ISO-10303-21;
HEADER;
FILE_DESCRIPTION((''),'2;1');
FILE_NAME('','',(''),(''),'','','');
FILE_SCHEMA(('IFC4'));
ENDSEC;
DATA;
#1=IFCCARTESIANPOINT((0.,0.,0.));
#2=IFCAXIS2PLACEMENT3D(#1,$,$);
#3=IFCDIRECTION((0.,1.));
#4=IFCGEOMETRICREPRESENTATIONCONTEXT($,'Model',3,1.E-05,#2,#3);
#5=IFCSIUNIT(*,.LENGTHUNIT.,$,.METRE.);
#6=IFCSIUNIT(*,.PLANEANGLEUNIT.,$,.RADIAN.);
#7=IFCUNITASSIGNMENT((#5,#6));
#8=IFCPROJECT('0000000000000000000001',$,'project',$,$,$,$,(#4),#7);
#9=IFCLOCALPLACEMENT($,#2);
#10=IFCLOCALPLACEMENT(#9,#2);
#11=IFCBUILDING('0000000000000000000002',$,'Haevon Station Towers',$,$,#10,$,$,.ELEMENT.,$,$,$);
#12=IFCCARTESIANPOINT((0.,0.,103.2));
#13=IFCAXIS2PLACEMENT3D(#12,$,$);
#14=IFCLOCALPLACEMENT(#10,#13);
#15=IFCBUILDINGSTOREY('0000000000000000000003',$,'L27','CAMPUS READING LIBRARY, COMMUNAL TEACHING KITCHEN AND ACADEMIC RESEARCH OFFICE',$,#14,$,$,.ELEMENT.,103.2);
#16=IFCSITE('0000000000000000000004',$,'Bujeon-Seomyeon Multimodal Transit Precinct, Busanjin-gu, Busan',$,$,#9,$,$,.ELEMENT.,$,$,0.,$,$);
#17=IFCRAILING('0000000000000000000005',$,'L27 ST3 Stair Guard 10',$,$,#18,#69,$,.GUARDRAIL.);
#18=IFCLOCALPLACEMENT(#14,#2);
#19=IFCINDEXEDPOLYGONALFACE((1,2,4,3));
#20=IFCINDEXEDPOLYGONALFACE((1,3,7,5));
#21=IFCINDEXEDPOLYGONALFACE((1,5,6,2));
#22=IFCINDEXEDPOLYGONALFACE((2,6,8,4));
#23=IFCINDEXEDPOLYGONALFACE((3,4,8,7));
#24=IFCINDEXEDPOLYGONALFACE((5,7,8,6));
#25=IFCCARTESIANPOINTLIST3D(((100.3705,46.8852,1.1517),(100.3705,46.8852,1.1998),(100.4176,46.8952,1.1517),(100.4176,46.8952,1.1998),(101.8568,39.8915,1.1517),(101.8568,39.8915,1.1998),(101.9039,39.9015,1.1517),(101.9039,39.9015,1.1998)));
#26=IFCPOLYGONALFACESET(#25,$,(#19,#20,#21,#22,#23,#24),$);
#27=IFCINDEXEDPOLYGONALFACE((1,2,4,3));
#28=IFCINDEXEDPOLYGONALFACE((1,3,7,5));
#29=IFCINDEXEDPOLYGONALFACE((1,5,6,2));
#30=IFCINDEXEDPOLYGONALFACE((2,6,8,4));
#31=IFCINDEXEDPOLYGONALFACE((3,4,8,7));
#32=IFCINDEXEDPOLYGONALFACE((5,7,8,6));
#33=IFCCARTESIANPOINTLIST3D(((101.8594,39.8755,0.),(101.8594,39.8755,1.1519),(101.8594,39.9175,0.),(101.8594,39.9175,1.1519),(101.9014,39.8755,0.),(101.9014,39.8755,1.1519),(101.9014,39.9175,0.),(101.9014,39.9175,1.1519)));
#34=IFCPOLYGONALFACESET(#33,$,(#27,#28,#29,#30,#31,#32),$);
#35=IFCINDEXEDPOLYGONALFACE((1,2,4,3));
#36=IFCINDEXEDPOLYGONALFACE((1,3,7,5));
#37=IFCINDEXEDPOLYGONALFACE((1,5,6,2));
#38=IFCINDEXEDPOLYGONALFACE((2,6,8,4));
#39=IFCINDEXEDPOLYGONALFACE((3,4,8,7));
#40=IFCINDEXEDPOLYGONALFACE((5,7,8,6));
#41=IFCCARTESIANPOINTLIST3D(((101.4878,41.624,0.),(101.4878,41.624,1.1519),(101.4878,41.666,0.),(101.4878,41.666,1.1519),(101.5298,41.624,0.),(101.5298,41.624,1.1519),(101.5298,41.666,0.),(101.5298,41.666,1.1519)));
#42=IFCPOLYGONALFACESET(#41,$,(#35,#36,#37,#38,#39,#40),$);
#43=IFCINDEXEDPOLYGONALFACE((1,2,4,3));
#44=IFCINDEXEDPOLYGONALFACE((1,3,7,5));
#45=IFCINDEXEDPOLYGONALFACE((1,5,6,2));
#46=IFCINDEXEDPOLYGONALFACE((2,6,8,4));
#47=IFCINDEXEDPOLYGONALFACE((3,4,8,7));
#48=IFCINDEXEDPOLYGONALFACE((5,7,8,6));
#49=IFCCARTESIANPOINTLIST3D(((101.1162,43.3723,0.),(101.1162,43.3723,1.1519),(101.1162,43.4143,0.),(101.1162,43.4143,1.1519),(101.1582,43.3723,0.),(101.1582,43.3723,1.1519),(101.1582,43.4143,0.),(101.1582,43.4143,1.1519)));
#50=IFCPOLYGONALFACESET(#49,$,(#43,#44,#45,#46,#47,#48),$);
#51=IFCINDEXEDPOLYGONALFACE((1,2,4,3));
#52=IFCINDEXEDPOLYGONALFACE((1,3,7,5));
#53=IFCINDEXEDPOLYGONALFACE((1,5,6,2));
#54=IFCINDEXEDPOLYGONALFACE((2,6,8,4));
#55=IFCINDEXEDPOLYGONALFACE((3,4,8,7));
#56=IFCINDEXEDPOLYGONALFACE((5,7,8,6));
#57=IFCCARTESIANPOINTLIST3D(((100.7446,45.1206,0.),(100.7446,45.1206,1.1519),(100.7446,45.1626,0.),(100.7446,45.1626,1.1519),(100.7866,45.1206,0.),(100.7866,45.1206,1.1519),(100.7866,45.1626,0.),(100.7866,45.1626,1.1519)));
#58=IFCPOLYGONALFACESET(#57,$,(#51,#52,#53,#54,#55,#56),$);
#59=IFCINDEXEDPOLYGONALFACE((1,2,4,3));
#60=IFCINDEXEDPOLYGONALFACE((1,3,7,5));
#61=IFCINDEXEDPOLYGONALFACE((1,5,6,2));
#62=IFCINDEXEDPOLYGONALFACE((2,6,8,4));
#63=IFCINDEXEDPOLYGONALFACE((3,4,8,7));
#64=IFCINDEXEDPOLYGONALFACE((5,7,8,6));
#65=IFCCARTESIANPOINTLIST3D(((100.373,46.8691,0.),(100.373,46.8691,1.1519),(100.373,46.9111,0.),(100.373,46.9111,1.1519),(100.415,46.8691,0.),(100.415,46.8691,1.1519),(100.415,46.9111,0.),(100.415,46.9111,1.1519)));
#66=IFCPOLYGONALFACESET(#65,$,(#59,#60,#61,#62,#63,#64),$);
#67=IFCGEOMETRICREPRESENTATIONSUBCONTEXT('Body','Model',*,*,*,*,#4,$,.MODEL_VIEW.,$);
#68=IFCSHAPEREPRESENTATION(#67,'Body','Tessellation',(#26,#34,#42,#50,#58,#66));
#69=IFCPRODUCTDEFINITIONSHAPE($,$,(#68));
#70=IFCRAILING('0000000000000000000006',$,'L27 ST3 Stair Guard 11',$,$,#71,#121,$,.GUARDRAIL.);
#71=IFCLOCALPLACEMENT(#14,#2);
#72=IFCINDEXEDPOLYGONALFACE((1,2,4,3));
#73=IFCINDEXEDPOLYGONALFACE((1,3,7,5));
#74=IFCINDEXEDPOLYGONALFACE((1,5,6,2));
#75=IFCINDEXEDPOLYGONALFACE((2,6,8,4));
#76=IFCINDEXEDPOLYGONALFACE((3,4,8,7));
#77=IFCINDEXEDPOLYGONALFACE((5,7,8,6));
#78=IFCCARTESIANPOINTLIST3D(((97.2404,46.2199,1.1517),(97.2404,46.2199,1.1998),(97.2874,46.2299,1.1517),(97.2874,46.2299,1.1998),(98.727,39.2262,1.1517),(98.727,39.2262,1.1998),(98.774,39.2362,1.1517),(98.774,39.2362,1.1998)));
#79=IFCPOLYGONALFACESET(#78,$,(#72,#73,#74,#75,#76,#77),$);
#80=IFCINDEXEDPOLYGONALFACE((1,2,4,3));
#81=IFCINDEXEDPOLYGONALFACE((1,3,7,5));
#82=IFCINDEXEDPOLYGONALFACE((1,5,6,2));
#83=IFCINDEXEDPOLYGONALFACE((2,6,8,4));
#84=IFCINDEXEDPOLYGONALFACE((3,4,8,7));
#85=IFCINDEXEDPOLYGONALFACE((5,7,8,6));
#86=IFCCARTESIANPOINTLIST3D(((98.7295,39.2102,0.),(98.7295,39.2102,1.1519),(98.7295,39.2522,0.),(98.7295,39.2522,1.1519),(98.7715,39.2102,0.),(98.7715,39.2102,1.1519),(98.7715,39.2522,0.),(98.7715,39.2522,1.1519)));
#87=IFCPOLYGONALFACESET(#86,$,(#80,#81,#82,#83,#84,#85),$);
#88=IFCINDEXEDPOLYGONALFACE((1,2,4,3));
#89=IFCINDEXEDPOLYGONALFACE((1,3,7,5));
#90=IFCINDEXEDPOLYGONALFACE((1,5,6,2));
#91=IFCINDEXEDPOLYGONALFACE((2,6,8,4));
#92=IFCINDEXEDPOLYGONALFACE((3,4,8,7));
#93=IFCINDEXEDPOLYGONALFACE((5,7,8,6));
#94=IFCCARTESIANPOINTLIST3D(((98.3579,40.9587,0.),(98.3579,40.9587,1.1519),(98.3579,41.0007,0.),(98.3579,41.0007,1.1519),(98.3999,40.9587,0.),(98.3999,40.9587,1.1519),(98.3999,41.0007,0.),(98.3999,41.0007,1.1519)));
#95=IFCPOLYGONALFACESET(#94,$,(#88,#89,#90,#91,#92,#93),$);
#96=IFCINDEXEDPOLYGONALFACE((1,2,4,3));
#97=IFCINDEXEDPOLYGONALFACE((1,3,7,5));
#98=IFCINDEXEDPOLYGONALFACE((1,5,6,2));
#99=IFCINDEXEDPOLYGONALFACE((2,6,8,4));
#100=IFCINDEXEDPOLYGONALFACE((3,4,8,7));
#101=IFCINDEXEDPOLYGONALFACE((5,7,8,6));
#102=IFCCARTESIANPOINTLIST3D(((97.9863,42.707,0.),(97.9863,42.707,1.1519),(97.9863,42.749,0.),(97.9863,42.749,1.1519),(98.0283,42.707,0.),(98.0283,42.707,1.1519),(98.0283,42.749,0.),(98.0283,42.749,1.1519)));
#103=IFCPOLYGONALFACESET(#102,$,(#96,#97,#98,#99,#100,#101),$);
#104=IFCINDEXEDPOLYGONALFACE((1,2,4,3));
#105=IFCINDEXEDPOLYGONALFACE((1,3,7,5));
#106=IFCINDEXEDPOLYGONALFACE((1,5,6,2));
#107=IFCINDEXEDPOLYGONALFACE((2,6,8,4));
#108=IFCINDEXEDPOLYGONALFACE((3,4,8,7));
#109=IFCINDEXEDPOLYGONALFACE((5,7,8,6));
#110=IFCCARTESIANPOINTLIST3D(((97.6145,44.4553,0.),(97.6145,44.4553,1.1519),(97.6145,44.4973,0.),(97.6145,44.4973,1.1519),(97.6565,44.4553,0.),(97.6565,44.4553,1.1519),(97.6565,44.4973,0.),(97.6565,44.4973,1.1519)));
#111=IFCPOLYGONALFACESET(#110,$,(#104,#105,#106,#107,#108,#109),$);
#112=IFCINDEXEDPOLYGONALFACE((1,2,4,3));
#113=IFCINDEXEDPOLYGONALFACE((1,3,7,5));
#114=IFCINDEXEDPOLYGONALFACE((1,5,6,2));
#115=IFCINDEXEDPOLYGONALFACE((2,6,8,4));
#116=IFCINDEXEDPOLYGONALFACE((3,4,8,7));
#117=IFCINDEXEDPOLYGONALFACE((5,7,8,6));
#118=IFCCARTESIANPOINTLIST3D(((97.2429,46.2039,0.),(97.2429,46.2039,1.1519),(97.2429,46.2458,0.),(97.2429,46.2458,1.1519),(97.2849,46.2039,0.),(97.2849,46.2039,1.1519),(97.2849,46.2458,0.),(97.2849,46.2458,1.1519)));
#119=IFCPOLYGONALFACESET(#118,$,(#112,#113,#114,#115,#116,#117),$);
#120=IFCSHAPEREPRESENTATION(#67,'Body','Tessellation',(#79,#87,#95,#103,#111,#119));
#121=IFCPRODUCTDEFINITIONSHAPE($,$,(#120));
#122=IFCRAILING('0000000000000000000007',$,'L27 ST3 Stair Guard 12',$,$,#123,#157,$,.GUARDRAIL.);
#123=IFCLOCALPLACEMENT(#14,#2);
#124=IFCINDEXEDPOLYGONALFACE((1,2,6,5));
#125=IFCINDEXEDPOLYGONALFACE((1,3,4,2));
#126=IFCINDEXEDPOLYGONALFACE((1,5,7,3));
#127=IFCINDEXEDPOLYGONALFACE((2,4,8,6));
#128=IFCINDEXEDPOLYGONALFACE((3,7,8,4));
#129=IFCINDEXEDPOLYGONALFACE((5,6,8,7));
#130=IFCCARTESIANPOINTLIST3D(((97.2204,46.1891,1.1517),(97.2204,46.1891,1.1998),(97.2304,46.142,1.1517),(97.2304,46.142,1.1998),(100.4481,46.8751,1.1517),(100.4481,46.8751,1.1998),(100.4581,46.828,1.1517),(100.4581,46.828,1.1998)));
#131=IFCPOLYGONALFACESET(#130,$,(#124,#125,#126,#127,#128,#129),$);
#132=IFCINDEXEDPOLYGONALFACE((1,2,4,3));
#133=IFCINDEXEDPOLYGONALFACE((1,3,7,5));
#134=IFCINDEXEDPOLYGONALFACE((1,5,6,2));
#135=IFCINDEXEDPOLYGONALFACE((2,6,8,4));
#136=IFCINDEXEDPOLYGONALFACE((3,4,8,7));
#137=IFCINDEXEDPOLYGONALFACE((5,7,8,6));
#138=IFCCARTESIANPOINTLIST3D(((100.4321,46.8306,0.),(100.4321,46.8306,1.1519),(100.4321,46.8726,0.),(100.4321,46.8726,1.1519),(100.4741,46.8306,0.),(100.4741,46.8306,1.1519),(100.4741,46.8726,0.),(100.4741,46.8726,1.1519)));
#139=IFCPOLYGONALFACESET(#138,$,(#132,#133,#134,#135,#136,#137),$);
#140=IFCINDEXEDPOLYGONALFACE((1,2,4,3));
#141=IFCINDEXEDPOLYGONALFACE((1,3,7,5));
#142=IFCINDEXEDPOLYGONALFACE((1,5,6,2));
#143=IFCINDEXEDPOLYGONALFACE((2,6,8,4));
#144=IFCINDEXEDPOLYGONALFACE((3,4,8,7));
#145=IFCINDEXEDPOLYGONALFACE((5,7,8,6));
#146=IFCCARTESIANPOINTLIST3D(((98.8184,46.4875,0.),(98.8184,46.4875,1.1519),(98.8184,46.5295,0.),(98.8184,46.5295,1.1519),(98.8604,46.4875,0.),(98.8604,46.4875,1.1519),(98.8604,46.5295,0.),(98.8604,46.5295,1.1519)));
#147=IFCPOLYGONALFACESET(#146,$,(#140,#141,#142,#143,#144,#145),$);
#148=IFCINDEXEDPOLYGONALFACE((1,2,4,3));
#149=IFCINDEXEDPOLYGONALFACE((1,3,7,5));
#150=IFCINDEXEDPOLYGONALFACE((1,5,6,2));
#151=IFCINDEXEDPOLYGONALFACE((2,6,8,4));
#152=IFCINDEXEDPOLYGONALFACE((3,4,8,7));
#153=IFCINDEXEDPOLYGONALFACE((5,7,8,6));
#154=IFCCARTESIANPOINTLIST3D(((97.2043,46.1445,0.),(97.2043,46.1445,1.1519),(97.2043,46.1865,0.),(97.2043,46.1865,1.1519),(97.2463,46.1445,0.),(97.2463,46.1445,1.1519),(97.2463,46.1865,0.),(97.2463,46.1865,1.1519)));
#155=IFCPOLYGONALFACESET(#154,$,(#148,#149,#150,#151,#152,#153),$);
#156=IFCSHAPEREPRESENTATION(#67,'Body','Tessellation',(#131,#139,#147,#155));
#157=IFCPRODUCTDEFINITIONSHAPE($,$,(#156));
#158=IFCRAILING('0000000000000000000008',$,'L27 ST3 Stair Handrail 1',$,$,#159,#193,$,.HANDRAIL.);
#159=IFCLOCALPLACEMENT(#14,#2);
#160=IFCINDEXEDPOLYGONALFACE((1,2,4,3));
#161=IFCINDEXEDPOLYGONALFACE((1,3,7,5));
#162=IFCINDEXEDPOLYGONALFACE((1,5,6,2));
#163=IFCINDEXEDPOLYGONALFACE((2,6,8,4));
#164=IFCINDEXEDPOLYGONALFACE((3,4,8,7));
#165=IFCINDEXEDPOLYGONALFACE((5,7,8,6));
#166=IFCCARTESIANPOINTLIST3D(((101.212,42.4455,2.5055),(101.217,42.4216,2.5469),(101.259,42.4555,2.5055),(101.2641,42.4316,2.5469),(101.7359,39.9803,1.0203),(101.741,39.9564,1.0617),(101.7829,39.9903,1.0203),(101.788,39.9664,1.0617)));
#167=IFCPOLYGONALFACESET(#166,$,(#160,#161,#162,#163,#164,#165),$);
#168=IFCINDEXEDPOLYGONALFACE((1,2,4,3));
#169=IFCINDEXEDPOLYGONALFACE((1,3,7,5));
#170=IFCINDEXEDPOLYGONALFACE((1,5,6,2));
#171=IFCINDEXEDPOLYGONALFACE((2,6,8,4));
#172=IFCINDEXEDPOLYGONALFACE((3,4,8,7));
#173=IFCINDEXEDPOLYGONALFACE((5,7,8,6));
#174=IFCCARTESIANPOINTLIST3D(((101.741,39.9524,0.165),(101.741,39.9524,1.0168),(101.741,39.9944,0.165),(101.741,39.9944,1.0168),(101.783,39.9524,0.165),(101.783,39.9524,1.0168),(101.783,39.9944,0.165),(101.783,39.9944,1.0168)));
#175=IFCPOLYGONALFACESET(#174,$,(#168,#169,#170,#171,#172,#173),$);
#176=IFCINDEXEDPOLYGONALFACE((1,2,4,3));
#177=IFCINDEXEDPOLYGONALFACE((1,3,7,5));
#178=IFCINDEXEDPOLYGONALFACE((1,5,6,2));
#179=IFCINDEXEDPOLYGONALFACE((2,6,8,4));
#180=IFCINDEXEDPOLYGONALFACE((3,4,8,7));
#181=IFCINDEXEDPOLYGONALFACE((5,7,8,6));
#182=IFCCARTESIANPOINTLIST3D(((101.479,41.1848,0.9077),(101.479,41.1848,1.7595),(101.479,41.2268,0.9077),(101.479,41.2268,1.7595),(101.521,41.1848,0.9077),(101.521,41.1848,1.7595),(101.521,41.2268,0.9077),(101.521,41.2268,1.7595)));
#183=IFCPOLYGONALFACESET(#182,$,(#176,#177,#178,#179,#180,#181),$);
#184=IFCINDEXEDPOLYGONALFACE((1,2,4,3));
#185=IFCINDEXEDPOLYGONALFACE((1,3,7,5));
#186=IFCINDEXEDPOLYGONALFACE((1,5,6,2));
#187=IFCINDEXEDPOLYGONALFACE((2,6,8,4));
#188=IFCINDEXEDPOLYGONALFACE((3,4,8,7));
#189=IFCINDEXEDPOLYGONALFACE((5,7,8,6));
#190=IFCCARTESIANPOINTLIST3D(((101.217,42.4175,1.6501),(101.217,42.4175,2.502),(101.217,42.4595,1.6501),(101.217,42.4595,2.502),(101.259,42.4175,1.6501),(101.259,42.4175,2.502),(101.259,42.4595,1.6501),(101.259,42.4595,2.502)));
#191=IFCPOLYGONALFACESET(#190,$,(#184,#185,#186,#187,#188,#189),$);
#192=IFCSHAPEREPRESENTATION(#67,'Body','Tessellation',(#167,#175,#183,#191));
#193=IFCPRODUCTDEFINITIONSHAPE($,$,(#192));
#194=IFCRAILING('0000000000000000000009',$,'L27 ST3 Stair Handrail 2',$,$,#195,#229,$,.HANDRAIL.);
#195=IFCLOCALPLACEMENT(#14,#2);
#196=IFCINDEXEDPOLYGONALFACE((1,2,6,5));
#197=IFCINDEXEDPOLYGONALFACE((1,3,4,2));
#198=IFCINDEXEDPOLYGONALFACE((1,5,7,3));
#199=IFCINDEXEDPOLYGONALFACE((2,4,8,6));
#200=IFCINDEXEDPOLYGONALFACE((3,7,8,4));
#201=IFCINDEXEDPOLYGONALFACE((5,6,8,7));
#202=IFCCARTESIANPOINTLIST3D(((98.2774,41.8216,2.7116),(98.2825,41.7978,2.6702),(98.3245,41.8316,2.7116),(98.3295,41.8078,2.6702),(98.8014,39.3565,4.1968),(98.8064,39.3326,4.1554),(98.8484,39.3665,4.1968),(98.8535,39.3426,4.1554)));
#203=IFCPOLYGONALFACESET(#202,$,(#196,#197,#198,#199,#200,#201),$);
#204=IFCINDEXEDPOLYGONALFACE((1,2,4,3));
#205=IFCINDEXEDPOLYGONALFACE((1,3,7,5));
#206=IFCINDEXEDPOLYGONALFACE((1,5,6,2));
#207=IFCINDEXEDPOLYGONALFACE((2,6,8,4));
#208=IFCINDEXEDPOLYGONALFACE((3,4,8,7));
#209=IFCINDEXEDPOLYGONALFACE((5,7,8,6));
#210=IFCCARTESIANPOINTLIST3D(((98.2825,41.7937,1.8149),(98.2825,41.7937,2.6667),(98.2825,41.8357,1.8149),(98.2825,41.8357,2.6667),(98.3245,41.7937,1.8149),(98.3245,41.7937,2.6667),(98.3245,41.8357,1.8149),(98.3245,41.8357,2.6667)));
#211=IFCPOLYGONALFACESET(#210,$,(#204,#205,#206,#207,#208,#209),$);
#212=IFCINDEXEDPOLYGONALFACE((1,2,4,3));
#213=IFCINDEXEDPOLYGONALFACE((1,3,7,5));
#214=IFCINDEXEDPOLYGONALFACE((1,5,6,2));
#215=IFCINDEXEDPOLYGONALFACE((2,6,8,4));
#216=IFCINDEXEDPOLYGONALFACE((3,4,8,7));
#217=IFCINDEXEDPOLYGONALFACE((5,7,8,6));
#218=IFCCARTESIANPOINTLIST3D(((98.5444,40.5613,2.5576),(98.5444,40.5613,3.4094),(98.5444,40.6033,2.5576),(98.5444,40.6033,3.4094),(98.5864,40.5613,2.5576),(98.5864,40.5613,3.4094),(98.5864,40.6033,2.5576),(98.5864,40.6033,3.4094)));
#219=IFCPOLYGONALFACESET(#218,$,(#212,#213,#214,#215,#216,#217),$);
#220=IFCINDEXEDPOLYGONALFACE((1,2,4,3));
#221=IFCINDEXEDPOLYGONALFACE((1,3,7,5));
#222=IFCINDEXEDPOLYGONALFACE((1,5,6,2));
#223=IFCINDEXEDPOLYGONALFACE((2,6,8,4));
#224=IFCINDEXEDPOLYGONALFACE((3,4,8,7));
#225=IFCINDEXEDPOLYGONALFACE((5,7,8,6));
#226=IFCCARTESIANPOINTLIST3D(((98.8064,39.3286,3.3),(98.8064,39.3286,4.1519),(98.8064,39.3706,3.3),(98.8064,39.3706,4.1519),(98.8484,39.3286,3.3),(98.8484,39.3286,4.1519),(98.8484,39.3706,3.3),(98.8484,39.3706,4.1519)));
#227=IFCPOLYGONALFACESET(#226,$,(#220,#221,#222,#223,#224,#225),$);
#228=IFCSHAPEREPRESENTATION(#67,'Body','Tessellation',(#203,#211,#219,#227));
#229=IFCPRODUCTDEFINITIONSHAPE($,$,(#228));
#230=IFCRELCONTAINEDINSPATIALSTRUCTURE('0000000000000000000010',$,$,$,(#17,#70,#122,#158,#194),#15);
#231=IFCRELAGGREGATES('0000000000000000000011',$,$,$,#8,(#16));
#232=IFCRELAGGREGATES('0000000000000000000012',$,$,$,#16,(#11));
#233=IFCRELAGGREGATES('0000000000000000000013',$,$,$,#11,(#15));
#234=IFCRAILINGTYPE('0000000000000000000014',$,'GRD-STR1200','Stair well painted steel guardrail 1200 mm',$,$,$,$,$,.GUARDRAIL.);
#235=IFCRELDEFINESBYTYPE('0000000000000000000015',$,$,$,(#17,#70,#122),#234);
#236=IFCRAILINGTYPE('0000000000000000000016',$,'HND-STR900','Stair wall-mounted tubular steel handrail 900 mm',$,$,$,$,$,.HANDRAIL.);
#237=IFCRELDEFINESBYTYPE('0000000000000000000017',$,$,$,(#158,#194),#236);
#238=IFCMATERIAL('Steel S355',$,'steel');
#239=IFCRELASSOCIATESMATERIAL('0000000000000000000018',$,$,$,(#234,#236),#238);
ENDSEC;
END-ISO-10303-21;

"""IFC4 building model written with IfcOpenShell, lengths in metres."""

from ifc_helpers import new_model, si_unit, direction, frame, origin, origin_2d, place, context, subcontext, project, spatial, rectangle, extrude, material, type_object, element, save


model = new_model("IFC4")

# Units and contexts
model_context = context("Model", 3, precision=1e-05, world=origin(), true_north=direction((0.0, 1.0)))
body_context = subcontext(model_context, "Body", "Model", "MODEL_VIEW")
ifc_project = project(units=[si_unit("LENGTHUNIT", "METRE"), si_unit("PLANEANGLEUNIT", "RADIAN")], contexts=[model_context])

# Site, building, storey
site_placement = place(None, origin())
site = spatial("IfcSite", under=ifc_project, at=site_placement, Name="Bujeon-Seomyeon Multimodal Transit Precinct, Busanjin-gu, Busan", CompositionType="ELEMENT", RefElevation=0.0)
building_placement = place(site_placement, origin())
building = spatial("IfcBuilding", under=site, at=building_placement, Name="Haevon Station Towers", CompositionType="ELEMENT")
storey_placement = place(building_placement, frame((0.0, 0.0, 103.2)))
storey = spatial("IfcBuildingStorey", under=building, at=storey_placement, Name="L27", Description="CAMPUS READING LIBRARY, COMMUNAL TEACHING KITCHEN AND ACADEMIC RESEARCH OFFICE", CompositionType="ELEMENT", Elevation=103.2)

# Shared definitions
ifc_material_1 = material(Name="Steel S355", Category="steel")

# Railings
railing_type_1 = type_object("IfcRailingType", Name="GRD-STR1200", Description="Stair well painted steel guardrail 1200 mm", PredefinedType="GUARDRAIL", material=ifc_material_1)
railing_1_placement = place(storey_placement, frame((101.8804, 39.8965, 0.0)))
element("IfcRailing", 1, at=railing_1_placement, inside=storey, type_object=railing_type_1, Name="L27 ST3 Stair Guard 10", PredefinedType="GUARDRAIL", context=body_context, shape_type="SweptSolid", body=[
    extrude(rectangle(XDim=0.0481, YDim=0.0481, at=origin_2d()), frame((0.0, 0.0, 1.1758), z_axis=(-0.207882, 0.978154, 0.0), x_axis=(-0.978154, -0.207882, 0.0)), (0.0, 0.0, 1.0), 7.1499),
    extrude(rectangle(XDim=0.042, YDim=0.042, at=origin_2d()), origin(), (0.0, 0.0, 1.0), 1.1519),
    extrude(rectangle(XDim=0.042, YDim=0.042, at=origin_2d()), frame((-0.3716, 1.7485, 0.0)), (0.0, 0.0, 1.0), 1.1519),
    extrude(rectangle(XDim=0.042, YDim=0.042, at=origin_2d()), frame((-0.7432, 3.4968, 0.0)), (0.0, 0.0, 1.0), 1.1519),
    extrude(rectangle(XDim=0.042, YDim=0.042, at=origin_2d()), frame((-1.1147, 5.2451, 0.0)), (0.0, 0.0, 1.0), 1.1519),
    extrude(rectangle(XDim=0.042, YDim=0.042, at=origin_2d()), frame((-1.4863, 6.9937, 0.0)), (0.0, 0.0, 1.0), 1.1519),
])
railing_2_placement = place(storey_placement, frame((98.7505, 39.2312, 0.0)))
element("IfcRailing", 2, at=railing_2_placement, inside=storey, type_object=railing_type_1, Name="L27 ST3 Stair Guard 11", PredefinedType="GUARDRAIL", context=body_context, shape_type="SweptSolid", body=[
    extrude(rectangle(XDim=0.0481, YDim=0.0481, at=origin_2d()), frame((0.0, 0.0, 1.1758), z_axis=(-0.207915, 0.978147, 0.0), x_axis=(-0.978147, -0.207915, 0.0)), (0.0, 0.0, 1.0), 7.1499),
    extrude(rectangle(XDim=0.042, YDim=0.042, at=origin_2d()), origin(), (0.0, 0.0, 1.0), 1.1519),
    extrude(rectangle(XDim=0.042, YDim=0.042, at=origin_2d()), frame((-0.3716, 1.7485, 0.0)), (0.0, 0.0, 1.0), 1.1519),
    extrude(rectangle(XDim=0.042, YDim=0.042, at=origin_2d()), frame((-0.7432, 3.4968, 0.0)), (0.0, 0.0, 1.0), 1.1519),
    extrude(rectangle(XDim=0.042, YDim=0.042, at=origin_2d()), frame((-1.115, 5.2451, 0.0)), (0.0, 0.0, 1.0), 1.1519),
    extrude(rectangle(XDim=0.042, YDim=0.042, at=origin_2d()), frame((-1.4866, 6.9937, 0.0)), (0.0, 0.0, 1.0), 1.1519),
])
railing_3_placement = place(storey_placement, frame((100.4531, 46.8516, 0.0)))
element("IfcRailing", 3, at=railing_3_placement, inside=storey, type_object=railing_type_1, Name="L27 ST3 Stair Guard 12", PredefinedType="GUARDRAIL", context=body_context, shape_type="SweptSolid", body=[
    extrude(rectangle(XDim=0.0481, YDim=0.0481, at=origin_2d()), frame((0.0, 0.0, 1.1758), z_axis=(-0.978151, -0.207897, 0.0), x_axis=(0.207897, -0.978151, 0.0)), (0.0, 0.0, 1.0), 3.2998),
    extrude(rectangle(XDim=0.042, YDim=0.042, at=origin_2d()), origin(), (0.0, 0.0, 1.0), 1.1519),
    extrude(rectangle(XDim=0.042, YDim=0.042, at=origin_2d()), frame((-1.6138, -0.343, 0.0)), (0.0, 0.0, 1.0), 1.1519),
    extrude(rectangle(XDim=0.042, YDim=0.042, at=origin_2d()), frame((-3.2278, -0.686, 0.0)), (0.0, 0.0, 1.0), 1.1519),
])
railing_type_2 = type_object("IfcRailingType", Name="HND-STR900", Description="Stair wall-mounted tubular steel handrail 900 mm", PredefinedType="HANDRAIL", material=ifc_material_1)
railing_4_placement = place(storey_placement, frame((101.762, 39.9734, 0.165)))
element("IfcRailing", 4, at=railing_4_placement, inside=storey, type_object=railing_type_2, Name="L27 ST3 Stair Handrail 1", PredefinedType="HANDRAIL", context=body_context, shape_type="SweptSolid", body=[
    extrude(rectangle(XDim=0.0481, YDim=0.0481, at=origin_2d()), frame((0.0, 0.0, 0.876), z_axis=(-0.179109, 0.842712, 0.507697), x_axis=(-0.978151, -0.207895, 0.0)), (0.0, 0.0, 1.0), 2.9253),
    extrude(rectangle(XDim=0.042, YDim=0.042, at=origin_2d()), origin(), (0.0, 0.0, 1.0), 0.8518),
    extrude(rectangle(XDim=0.042, YDim=0.042, at=origin_2d()), frame((-0.262, 1.2324, 0.7427)), (0.0, 0.0, 1.0), 0.8518),
    extrude(rectangle(XDim=0.042, YDim=0.042, at=origin_2d()), frame((-0.5239, 2.4651, 1.4851)), (0.0, 0.0, 1.0), 0.8518),
])
railing_5_placement = place(storey_placement, frame((98.3035, 41.8147, 1.8149)))
element("IfcRailing", 5, at=railing_5_placement, inside=storey, type_object=railing_type_2, Name="L27 ST3 Stair Handrail 2", PredefinedType="HANDRAIL", context=body_context, shape_type="SweptSolid", body=[
    extrude(rectangle(XDim=0.0481, YDim=0.0481, at=origin_2d()), frame((0.0, 0.0, 0.876), z_axis=(0.179109, -0.842712, 0.507697), x_axis=(0.978151, 0.207895, 0.0)), (0.0, 0.0, 1.0), 2.9253),
    extrude(rectangle(XDim=0.042, YDim=0.042, at=origin_2d()), origin(), (0.0, 0.0, 1.0), 0.8518),
    extrude(rectangle(XDim=0.042, YDim=0.042, at=origin_2d()), frame((0.262, -1.2324, 0.7427)), (0.0, 0.0, 1.0), 0.8518),
    extrude(rectangle(XDim=0.042, YDim=0.042, at=origin_2d()), frame((0.5239, -2.4651, 1.4851)), (0.0, 0.0, 1.0), 0.8518),
])

save(model, "model.ifc")
